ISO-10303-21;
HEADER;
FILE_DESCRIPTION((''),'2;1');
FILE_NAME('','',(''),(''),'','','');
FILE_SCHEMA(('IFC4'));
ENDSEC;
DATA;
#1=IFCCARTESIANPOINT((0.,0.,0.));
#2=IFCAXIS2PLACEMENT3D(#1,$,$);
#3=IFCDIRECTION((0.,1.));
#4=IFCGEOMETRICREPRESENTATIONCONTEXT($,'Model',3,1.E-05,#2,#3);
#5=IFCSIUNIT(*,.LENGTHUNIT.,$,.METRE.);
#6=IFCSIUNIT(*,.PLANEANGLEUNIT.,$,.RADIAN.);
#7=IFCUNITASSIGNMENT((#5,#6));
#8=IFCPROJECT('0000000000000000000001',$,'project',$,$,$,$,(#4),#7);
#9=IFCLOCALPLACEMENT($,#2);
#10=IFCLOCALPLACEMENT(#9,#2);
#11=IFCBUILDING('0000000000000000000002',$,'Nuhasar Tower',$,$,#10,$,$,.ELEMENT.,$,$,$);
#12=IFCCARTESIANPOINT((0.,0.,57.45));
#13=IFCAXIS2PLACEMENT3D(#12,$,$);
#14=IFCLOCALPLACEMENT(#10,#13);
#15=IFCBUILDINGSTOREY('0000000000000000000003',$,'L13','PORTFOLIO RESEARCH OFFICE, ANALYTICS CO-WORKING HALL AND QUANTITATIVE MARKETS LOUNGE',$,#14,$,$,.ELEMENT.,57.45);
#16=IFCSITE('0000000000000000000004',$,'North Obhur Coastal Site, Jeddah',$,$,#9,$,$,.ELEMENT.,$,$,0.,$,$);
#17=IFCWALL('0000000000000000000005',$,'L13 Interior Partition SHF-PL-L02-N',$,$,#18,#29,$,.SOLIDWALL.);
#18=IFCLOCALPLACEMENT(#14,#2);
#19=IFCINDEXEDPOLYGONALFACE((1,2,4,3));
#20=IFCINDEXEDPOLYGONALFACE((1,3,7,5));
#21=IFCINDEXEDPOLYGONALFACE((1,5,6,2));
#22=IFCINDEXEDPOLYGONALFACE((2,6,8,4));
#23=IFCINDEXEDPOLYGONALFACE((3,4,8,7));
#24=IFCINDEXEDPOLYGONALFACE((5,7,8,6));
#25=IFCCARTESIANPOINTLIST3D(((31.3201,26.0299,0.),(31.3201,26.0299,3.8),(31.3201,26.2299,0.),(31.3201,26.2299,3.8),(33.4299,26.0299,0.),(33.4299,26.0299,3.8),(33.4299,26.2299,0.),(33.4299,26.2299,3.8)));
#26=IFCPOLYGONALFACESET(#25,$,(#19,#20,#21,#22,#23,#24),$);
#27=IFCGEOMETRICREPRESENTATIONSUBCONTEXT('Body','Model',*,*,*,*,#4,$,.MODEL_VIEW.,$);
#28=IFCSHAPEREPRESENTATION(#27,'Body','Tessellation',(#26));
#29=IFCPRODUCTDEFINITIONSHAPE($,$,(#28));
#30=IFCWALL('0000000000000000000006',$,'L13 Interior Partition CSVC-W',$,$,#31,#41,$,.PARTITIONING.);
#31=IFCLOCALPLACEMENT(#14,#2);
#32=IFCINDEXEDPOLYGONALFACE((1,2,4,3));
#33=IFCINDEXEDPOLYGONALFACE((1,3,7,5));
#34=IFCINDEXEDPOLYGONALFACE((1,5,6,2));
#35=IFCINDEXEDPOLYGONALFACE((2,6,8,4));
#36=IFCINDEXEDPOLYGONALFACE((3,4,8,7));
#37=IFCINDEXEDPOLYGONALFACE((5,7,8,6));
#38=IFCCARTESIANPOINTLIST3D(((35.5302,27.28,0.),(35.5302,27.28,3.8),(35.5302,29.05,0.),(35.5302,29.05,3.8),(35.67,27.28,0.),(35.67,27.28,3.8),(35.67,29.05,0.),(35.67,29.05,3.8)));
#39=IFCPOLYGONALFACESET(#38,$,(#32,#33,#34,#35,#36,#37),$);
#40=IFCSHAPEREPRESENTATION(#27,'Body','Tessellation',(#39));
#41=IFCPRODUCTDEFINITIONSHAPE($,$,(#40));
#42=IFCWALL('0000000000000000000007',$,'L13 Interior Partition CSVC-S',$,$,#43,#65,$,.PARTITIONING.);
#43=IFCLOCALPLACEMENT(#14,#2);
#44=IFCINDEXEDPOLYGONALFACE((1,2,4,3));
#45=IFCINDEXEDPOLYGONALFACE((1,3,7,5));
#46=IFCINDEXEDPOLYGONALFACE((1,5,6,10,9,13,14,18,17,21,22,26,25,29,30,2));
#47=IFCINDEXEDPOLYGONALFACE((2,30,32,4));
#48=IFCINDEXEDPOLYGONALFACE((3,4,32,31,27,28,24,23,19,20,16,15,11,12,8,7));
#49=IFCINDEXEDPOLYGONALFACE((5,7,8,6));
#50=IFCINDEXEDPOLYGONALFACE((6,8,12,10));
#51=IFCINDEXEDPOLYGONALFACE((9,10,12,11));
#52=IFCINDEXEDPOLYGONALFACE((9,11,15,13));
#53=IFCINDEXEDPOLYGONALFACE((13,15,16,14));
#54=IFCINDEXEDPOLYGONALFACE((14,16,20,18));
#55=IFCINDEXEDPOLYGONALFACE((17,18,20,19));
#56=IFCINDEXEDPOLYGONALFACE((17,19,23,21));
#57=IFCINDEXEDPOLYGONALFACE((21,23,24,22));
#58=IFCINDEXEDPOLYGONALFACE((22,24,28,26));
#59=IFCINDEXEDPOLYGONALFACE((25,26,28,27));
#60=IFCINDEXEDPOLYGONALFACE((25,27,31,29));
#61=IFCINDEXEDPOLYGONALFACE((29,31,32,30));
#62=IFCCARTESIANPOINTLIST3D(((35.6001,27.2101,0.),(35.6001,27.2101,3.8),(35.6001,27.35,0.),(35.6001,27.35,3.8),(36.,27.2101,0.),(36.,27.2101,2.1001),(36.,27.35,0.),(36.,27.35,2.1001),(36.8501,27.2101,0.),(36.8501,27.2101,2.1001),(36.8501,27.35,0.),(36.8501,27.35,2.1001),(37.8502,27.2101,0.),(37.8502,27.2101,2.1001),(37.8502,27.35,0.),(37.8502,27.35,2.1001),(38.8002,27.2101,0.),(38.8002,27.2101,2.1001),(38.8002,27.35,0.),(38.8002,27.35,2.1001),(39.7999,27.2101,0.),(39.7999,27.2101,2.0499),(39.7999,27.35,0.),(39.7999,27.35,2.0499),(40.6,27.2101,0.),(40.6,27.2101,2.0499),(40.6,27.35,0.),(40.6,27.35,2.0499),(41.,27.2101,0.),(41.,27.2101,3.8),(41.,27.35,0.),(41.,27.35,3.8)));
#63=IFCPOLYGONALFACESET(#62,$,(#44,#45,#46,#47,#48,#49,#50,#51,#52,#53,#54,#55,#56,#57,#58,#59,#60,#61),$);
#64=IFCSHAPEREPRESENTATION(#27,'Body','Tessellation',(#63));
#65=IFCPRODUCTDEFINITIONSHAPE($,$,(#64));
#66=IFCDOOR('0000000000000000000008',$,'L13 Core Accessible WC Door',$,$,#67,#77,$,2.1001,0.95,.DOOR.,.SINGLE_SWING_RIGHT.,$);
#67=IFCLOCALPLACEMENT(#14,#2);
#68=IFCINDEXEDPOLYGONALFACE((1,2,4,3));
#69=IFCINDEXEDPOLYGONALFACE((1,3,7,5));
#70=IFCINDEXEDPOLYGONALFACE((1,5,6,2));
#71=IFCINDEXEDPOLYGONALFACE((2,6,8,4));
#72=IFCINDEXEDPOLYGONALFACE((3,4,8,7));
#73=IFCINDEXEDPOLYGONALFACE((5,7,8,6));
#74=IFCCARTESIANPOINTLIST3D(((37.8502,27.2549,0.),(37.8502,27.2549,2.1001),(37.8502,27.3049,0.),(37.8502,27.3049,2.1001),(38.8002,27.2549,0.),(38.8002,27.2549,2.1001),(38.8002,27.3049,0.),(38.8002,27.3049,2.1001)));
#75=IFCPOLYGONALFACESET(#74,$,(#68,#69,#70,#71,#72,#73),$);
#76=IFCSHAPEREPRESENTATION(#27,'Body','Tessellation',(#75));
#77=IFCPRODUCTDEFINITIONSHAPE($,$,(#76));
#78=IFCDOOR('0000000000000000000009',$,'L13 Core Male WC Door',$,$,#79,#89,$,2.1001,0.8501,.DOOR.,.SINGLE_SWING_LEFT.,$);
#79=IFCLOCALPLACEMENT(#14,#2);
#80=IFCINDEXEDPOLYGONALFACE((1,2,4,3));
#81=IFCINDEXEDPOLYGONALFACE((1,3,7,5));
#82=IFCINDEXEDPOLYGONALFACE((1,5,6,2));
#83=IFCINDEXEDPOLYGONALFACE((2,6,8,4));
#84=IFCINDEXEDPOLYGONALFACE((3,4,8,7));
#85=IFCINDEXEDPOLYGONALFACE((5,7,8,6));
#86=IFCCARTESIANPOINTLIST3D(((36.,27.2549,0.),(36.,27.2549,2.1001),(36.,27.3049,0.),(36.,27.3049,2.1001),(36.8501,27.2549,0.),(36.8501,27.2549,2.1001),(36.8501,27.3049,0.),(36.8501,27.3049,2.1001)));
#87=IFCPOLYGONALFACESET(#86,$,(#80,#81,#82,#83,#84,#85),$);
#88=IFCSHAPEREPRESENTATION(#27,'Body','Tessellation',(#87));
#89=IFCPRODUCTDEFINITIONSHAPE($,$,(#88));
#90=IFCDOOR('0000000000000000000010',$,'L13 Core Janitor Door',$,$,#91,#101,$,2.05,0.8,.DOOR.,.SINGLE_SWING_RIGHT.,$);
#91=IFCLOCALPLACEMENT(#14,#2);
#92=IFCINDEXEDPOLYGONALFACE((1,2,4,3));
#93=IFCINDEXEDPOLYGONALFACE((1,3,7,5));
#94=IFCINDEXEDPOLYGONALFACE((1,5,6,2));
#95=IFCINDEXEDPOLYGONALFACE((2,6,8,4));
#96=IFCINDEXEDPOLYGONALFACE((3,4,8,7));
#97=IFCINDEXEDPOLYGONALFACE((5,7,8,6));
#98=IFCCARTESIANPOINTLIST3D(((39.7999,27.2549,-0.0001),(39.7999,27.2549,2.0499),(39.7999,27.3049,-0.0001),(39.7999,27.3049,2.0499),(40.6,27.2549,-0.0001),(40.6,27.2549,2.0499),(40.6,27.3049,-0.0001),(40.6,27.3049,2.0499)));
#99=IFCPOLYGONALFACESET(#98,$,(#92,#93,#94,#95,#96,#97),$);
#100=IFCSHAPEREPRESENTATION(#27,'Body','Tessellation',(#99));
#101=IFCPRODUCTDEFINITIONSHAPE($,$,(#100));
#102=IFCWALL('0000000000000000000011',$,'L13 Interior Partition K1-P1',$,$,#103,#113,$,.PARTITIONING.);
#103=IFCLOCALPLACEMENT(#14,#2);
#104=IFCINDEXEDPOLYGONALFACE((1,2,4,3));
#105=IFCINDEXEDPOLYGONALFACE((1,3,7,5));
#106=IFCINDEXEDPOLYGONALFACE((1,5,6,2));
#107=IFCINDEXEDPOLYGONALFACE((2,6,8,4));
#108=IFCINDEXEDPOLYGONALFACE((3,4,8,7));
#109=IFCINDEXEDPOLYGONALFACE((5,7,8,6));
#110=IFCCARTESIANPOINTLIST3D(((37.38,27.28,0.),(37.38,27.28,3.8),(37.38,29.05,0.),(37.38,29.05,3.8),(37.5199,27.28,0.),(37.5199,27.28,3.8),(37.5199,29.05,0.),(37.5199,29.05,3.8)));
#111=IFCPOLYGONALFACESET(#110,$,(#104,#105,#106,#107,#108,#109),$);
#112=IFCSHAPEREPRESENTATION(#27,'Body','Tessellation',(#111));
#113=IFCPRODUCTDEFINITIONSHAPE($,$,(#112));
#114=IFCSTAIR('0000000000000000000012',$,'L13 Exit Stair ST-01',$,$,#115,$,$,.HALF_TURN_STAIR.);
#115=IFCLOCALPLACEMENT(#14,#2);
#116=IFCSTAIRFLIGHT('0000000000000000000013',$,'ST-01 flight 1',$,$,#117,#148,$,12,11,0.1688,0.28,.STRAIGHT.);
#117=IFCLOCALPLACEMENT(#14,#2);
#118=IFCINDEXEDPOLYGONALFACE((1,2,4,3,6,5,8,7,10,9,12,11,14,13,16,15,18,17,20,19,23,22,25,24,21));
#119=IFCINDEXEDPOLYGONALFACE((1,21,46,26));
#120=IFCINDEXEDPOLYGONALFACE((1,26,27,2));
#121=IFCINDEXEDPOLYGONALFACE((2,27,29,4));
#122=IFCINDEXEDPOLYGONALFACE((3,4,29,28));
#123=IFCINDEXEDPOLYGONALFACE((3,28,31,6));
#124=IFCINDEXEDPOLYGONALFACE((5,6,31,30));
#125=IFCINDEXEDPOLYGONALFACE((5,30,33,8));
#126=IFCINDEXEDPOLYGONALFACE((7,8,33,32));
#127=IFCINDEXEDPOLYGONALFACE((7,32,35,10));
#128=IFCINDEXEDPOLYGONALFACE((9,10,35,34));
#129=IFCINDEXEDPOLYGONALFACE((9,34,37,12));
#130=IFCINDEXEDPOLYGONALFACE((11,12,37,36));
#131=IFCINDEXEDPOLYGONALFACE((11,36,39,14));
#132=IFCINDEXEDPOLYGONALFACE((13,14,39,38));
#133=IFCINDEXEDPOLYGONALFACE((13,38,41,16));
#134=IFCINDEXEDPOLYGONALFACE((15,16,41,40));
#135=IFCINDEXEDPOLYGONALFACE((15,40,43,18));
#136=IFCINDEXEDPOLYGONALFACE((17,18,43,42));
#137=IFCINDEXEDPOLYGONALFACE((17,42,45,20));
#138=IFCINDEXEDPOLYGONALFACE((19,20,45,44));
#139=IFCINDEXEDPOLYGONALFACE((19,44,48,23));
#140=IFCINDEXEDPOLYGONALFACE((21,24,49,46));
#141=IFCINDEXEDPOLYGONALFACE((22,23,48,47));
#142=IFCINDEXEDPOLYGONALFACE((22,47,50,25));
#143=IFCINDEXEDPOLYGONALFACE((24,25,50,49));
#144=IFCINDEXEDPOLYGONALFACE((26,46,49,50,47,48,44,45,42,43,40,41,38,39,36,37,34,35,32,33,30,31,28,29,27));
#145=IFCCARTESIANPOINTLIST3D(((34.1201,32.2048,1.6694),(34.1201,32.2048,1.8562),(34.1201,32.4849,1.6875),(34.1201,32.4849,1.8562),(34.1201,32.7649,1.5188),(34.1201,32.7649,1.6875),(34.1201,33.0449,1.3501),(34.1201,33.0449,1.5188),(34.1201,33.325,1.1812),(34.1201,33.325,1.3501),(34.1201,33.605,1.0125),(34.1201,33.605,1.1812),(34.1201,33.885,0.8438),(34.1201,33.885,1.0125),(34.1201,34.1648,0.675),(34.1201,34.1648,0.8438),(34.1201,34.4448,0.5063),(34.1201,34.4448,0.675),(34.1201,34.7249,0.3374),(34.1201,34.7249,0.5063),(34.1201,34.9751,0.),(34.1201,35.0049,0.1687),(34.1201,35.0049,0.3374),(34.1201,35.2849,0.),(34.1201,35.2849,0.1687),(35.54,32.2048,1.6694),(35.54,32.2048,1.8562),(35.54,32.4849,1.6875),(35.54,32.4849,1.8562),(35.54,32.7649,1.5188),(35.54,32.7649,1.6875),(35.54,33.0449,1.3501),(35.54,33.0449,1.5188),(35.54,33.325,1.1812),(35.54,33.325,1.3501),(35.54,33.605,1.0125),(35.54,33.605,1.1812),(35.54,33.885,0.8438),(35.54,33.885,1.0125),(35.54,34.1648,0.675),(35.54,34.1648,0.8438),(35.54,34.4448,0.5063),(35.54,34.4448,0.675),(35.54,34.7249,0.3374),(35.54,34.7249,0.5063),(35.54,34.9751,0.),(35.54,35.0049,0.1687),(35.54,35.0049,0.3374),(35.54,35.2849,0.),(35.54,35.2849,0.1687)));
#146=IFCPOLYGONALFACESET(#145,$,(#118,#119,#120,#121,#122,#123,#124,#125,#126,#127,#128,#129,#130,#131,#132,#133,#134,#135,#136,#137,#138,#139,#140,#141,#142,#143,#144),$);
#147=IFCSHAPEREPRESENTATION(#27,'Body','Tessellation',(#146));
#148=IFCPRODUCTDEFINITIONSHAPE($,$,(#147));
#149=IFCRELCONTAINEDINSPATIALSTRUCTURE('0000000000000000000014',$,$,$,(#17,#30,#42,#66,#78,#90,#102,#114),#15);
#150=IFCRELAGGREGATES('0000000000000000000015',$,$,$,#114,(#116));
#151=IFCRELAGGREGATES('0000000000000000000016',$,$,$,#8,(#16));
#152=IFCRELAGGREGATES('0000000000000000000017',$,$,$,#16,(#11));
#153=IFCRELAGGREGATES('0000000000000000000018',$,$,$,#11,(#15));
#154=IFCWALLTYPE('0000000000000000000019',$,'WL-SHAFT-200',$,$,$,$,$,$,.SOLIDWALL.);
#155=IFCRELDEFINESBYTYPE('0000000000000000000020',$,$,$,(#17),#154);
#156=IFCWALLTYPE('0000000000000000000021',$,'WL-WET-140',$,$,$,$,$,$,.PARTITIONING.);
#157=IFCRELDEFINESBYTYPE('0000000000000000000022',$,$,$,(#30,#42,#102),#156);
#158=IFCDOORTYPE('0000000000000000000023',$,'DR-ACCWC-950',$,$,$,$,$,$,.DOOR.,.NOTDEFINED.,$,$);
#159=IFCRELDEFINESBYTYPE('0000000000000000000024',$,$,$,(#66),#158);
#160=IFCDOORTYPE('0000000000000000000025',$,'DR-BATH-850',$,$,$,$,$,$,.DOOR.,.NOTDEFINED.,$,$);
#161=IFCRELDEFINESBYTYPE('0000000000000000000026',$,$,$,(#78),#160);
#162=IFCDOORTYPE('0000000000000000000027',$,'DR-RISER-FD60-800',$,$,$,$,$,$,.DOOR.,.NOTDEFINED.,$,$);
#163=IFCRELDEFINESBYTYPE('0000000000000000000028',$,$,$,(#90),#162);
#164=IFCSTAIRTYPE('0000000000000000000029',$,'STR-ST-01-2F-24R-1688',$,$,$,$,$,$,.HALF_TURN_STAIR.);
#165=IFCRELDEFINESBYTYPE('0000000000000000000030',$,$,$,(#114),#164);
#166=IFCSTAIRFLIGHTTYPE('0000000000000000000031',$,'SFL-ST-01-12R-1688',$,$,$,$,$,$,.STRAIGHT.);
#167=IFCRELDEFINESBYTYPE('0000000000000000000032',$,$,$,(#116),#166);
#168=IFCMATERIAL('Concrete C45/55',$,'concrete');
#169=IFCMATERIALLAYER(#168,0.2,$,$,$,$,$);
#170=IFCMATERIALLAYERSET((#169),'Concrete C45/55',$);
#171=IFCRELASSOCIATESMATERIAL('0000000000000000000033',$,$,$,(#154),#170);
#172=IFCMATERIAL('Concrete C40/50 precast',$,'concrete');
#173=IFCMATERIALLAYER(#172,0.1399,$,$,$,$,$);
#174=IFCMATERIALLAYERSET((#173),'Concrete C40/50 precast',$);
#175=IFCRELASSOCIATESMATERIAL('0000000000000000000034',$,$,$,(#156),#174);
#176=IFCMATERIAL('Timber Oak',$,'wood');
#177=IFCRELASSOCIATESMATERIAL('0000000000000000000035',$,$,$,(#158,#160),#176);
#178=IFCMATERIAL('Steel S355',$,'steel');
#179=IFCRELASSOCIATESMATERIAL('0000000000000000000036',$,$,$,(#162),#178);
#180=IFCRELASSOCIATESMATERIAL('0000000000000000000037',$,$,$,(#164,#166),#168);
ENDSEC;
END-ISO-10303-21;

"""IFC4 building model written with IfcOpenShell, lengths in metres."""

from ifc_helpers import new_model, si_unit, direction, frame, frame_2d, origin, place, context, subcontext, project, spatial, polyline, rectangle, outline, extrude, material, layer, layer_set, type_object, element, fill, aggregate, save


model = new_model("IFC4")

# Units and contexts
model_context = context("Model", 3, precision=1e-05, world=origin(), true_north=direction((0.0, 1.0)))
body_context = subcontext(model_context, "Body", "Model", "MODEL_VIEW")
ifc_project = project(units=[si_unit("LENGTHUNIT", "METRE"), si_unit("PLANEANGLEUNIT", "RADIAN")], contexts=[model_context])

# Site, building, storey
site_placement = place(None, origin())
site = spatial("IfcSite", under=ifc_project, at=site_placement, Name="North Obhur Coastal Site, Jeddah", CompositionType="ELEMENT", RefElevation=0.0)
building_placement = place(site_placement, origin())
building = spatial("IfcBuilding", under=site, at=building_placement, Name="Nuhasar Tower", CompositionType="ELEMENT")
storey_placement = place(building_placement, frame((0.0, 0.0, 57.45)))
storey = spatial("IfcBuildingStorey", under=building, at=storey_placement, Name="L13", Description="PORTFOLIO RESEARCH OFFICE, ANALYTICS CO-WORKING HALL AND QUANTITATIVE MARKETS LOUNGE", CompositionType="ELEMENT", Elevation=57.45)

# Shared definitions
ifc_material_1 = material(Name="Steel S355", Category="steel")

# Walls
ifc_material_2 = material(Name="Concrete C45/55", Category="concrete")
ifc_layer_1 = layer(ifc_material_2, 0.2)
ifc_layer_set_1 = layer_set([ifc_layer_1], Name="Concrete C45/55")
wall_type_1 = type_object("IfcWallType", Name="WL-SHAFT-200", PredefinedType="SOLIDWALL", material=ifc_layer_set_1)
wall_1_placement = place(storey_placement, frame((31.3201, 26.1299, 0.0), z_axis=(0.0, 0.0, 1.0), x_axis=(1.0, 0.0, 0.0)))
element("IfcWall", 1, at=wall_1_placement, inside=storey, type_object=wall_type_1, Name="L13 Interior Partition SHF-PL-L02-N", PredefinedType="SOLIDWALL", context=body_context, shape_type="SweptSolid", body=[
    extrude(rectangle(XDim=2.1099, YDim=0.2, at=frame_2d((1.0549, 0.0))), origin(), (0.0, 0.0, 1.0), 3.8),
])
ifc_material_3 = material(Name="Concrete C40/50 precast", Category="concrete")
ifc_layer_2 = layer(ifc_material_3, 0.1399)
ifc_layer_set_2 = layer_set([ifc_layer_2], Name="Concrete C40/50 precast")
wall_type_2 = type_object("IfcWallType", Name="WL-WET-140", PredefinedType="PARTITIONING", material=ifc_layer_set_2)
wall_2_placement = place(storey_placement, frame((35.6001, 27.28, 0.0), z_axis=(0.0, 0.0, 1.0), x_axis=(0.0, 1.0, 0.0)))
element("IfcWall", 2, at=wall_2_placement, inside=storey, type_object=wall_type_2, Name="L13 Interior Partition CSVC-W", PredefinedType="PARTITIONING", context=body_context, shape_type="SweptSolid", body=[
    extrude(rectangle(XDim=1.77, YDim=0.1399, at=frame_2d((0.885, 0.0))), origin(), (0.0, 0.0, 1.0), 3.8),
])

# Wall, openings, doors
wall_3_placement = place(storey_placement, frame((35.6001, 27.28, 0.0), z_axis=(0.0, 0.0, 1.0), x_axis=(1.0, 0.0, 0.0)))
wall_3 = element("IfcWall", 3, at=wall_3_placement, inside=storey, type_object=wall_type_2, Name="L13 Interior Partition CSVC-S", PredefinedType="PARTITIONING", context=body_context, shape_type="SweptSolid", body=[
    extrude(rectangle(XDim=5.3999, YDim=0.1399, at=frame_2d((2.7, 0.0))), origin(), (0.0, 0.0, 1.0), 3.8),
])
opening_1_placement = place(wall_3_placement, frame((0.3999, 0.0, 0.0)))
opening_1 = element("IfcOpeningElement", 4, at=opening_1_placement, cuts=wall_3, PredefinedType="OPENING", context=body_context, shape_type="SweptSolid", body=[
    extrude(rectangle(XDim=0.8501, YDim=2.1001, at=frame_2d((0.425, 1.05))), frame((0.0, 0.0801, 0.0), z_axis=(0.0, -1.0, 0.0), x_axis=(1.0, 0.0, 0.0)), (0.0, 0.0, 1.0), 0.1599),
])
opening_2_placement = place(wall_3_placement, frame((2.25, 0.0, 0.0)))
opening_2 = element("IfcOpeningElement", 5, at=opening_2_placement, cuts=wall_3, PredefinedType="OPENING", context=body_context, shape_type="SweptSolid", body=[
    extrude(rectangle(XDim=0.95, YDim=2.1001, at=frame_2d((0.4751, 1.05))), frame((0.0, 0.0801, 0.0), z_axis=(0.0, -1.0, 0.0), x_axis=(1.0, 0.0, 0.0)), (0.0, 0.0, 1.0), 0.1599),
])
opening_3_placement = place(wall_3_placement, frame((4.2, 0.0, 0.0)))
opening_3 = element("IfcOpeningElement", 6, at=opening_3_placement, cuts=wall_3, PredefinedType="OPENING", context=body_context, shape_type="SweptSolid", body=[
    extrude(rectangle(XDim=0.8, YDim=2.05, at=frame_2d((0.3999, 1.0249))), frame((0.0, 0.0801, 0.0), z_axis=(0.0, -1.0, 0.0), x_axis=(1.0, 0.0, 0.0)), (0.0, 0.0, 1.0), 0.1599),
])
ifc_material_4 = material(Name="Timber Oak", Category="wood")
door_type_1 = type_object("IfcDoorType", Name="DR-ACCWC-950", OperationType="NOTDEFINED", PredefinedType="DOOR", material=ifc_material_4)
door_1_placement = place(opening_2_placement, origin())
door_1 = element("IfcDoor", 7, at=door_1_placement, inside=storey, type_object=door_type_1, Name="L13 Core Accessible WC Door", OperationType="SINGLE_SWING_RIGHT", OverallHeight=2.1001, OverallWidth=0.95, PredefinedType="DOOR", context=body_context, shape_type="SweptSolid", body=[
    extrude(rectangle(XDim=0.95, YDim=2.1001, at=frame_2d((0.4751, 1.05))), frame((0.0, 0.0249, 0.0), z_axis=(0.0, -1.0, 0.0), x_axis=(1.0, 0.0, 0.0)), (0.0, 0.0, 1.0), 0.05),
])
fill(opening_2, door_1)
door_type_2 = type_object("IfcDoorType", Name="DR-BATH-850", OperationType="NOTDEFINED", PredefinedType="DOOR", material=ifc_material_4)
door_2_placement = place(opening_1_placement, origin())
door_2 = element("IfcDoor", 8, at=door_2_placement, inside=storey, type_object=door_type_2, Name="L13 Core Male WC Door", OperationType="SINGLE_SWING_LEFT", OverallHeight=2.1001, OverallWidth=0.8501, PredefinedType="DOOR", context=body_context, shape_type="SweptSolid", body=[
    extrude(rectangle(XDim=0.8501, YDim=2.1001, at=frame_2d((0.425, 1.05))), frame((0.0, 0.0249, 0.0), z_axis=(0.0, -1.0, 0.0), x_axis=(1.0, 0.0, 0.0)), (0.0, 0.0, 1.0), 0.05),
])
fill(opening_1, door_2)
door_type_3 = type_object("IfcDoorType", Name="DR-RISER-FD60-800", OperationType="NOTDEFINED", PredefinedType="DOOR", material=ifc_material_1)
door_3_placement = place(opening_3_placement, origin())
door_3 = element("IfcDoor", 9, at=door_3_placement, inside=storey, type_object=door_type_3, Name="L13 Core Janitor Door", OperationType="SINGLE_SWING_RIGHT", OverallHeight=2.05, OverallWidth=0.8, PredefinedType="DOOR", context=body_context, shape_type="SweptSolid", body=[
    extrude(rectangle(XDim=0.8, YDim=2.05, at=frame_2d((0.3999, 1.0249))), frame((0.0, 0.0249, 0.0), z_axis=(0.0, -1.0, 0.0), x_axis=(1.0, 0.0, 0.0)), (0.0, 0.0, 1.0), 0.05),
])
fill(opening_3, door_3)

# Wall
wall_4_placement = place(storey_placement, frame((37.45, 27.28, 0.0), z_axis=(0.0, 0.0, 1.0), x_axis=(0.0, 1.0, 0.0)))
element("IfcWall", 10, at=wall_4_placement, inside=storey, type_object=wall_type_2, Name="L13 Interior Partition K1-P1", PredefinedType="PARTITIONING", context=body_context, shape_type="SweptSolid", body=[
    extrude(rectangle(XDim=1.77, YDim=0.1399, at=frame_2d((0.885, 0.0))), origin(), (0.0, 0.0, 1.0), 3.8),
])

# Stair, stair flight
stair_type_1 = type_object("IfcStairType", Name="STR-ST-01-2F-24R-1688", PredefinedType="HALF_TURN_STAIR", material=ifc_material_2)
stair_1_placement = place(storey_placement, origin())
stair_1 = element("IfcStair", 11, at=stair_1_placement, inside=storey, type_object=stair_type_1, Name="L13 Exit Stair ST-01", PredefinedType="HALF_TURN_STAIR")
stair_flight_type_1 = type_object("IfcStairFlightType", Name="SFL-ST-01-12R-1688", PredefinedType="STRAIGHT", material=ifc_material_2)
stair_flight_1_placement = place(storey_placement, frame((34.8301, 35.2849, 0.0), z_axis=(0.0, 0.0, 1.0), x_axis=(0.0, -1.0, 0.0)))
stair_flight_1 = element("IfcStairFlight", 12, at=stair_flight_1_placement, type_object=stair_flight_type_1, Name="ST-01 flight 1", NumberOfRisers=12, NumberOfTreads=11, PredefinedType="STRAIGHT", RiserHeight=0.1688, TreadLength=0.28, context=body_context, shape_type="SweptSolid", body=[
    extrude(outline(polyline([(0.0, 0.0), (0.0, 0.1687), (0.28, 0.1687), (0.28, 0.3374), (0.5601, 0.3374), (0.5601, 0.5063), (0.8401, 0.5063), (0.8401, 0.675), (1.1201, 0.675), (1.1201, 0.8438), (1.3999, 0.8438), (1.3999, 1.0125), (1.6799, 1.0125), (1.6799, 1.1812), (1.96, 1.1812), (1.96, 1.3501), (2.24, 1.3501), (2.24, 1.5188), (2.52, 1.5188), (2.52, 1.6875), (2.8, 1.6875), (2.8, 1.8562), (3.0801, 1.8562), (3.0801, 2.0249), (3.0801, 1.6694), (0.3098, 0.0), (0.0, 0.0)])), frame((0.0, 0.71, 0.0), z_axis=(0.0, -1.0, 0.0), x_axis=(1.0, 0.0, 0.0)), (0.0, 0.0, 1.0), 1.4199),
])
aggregate(stair_1, [stair_flight_1])

save(model, "model.ifc")
